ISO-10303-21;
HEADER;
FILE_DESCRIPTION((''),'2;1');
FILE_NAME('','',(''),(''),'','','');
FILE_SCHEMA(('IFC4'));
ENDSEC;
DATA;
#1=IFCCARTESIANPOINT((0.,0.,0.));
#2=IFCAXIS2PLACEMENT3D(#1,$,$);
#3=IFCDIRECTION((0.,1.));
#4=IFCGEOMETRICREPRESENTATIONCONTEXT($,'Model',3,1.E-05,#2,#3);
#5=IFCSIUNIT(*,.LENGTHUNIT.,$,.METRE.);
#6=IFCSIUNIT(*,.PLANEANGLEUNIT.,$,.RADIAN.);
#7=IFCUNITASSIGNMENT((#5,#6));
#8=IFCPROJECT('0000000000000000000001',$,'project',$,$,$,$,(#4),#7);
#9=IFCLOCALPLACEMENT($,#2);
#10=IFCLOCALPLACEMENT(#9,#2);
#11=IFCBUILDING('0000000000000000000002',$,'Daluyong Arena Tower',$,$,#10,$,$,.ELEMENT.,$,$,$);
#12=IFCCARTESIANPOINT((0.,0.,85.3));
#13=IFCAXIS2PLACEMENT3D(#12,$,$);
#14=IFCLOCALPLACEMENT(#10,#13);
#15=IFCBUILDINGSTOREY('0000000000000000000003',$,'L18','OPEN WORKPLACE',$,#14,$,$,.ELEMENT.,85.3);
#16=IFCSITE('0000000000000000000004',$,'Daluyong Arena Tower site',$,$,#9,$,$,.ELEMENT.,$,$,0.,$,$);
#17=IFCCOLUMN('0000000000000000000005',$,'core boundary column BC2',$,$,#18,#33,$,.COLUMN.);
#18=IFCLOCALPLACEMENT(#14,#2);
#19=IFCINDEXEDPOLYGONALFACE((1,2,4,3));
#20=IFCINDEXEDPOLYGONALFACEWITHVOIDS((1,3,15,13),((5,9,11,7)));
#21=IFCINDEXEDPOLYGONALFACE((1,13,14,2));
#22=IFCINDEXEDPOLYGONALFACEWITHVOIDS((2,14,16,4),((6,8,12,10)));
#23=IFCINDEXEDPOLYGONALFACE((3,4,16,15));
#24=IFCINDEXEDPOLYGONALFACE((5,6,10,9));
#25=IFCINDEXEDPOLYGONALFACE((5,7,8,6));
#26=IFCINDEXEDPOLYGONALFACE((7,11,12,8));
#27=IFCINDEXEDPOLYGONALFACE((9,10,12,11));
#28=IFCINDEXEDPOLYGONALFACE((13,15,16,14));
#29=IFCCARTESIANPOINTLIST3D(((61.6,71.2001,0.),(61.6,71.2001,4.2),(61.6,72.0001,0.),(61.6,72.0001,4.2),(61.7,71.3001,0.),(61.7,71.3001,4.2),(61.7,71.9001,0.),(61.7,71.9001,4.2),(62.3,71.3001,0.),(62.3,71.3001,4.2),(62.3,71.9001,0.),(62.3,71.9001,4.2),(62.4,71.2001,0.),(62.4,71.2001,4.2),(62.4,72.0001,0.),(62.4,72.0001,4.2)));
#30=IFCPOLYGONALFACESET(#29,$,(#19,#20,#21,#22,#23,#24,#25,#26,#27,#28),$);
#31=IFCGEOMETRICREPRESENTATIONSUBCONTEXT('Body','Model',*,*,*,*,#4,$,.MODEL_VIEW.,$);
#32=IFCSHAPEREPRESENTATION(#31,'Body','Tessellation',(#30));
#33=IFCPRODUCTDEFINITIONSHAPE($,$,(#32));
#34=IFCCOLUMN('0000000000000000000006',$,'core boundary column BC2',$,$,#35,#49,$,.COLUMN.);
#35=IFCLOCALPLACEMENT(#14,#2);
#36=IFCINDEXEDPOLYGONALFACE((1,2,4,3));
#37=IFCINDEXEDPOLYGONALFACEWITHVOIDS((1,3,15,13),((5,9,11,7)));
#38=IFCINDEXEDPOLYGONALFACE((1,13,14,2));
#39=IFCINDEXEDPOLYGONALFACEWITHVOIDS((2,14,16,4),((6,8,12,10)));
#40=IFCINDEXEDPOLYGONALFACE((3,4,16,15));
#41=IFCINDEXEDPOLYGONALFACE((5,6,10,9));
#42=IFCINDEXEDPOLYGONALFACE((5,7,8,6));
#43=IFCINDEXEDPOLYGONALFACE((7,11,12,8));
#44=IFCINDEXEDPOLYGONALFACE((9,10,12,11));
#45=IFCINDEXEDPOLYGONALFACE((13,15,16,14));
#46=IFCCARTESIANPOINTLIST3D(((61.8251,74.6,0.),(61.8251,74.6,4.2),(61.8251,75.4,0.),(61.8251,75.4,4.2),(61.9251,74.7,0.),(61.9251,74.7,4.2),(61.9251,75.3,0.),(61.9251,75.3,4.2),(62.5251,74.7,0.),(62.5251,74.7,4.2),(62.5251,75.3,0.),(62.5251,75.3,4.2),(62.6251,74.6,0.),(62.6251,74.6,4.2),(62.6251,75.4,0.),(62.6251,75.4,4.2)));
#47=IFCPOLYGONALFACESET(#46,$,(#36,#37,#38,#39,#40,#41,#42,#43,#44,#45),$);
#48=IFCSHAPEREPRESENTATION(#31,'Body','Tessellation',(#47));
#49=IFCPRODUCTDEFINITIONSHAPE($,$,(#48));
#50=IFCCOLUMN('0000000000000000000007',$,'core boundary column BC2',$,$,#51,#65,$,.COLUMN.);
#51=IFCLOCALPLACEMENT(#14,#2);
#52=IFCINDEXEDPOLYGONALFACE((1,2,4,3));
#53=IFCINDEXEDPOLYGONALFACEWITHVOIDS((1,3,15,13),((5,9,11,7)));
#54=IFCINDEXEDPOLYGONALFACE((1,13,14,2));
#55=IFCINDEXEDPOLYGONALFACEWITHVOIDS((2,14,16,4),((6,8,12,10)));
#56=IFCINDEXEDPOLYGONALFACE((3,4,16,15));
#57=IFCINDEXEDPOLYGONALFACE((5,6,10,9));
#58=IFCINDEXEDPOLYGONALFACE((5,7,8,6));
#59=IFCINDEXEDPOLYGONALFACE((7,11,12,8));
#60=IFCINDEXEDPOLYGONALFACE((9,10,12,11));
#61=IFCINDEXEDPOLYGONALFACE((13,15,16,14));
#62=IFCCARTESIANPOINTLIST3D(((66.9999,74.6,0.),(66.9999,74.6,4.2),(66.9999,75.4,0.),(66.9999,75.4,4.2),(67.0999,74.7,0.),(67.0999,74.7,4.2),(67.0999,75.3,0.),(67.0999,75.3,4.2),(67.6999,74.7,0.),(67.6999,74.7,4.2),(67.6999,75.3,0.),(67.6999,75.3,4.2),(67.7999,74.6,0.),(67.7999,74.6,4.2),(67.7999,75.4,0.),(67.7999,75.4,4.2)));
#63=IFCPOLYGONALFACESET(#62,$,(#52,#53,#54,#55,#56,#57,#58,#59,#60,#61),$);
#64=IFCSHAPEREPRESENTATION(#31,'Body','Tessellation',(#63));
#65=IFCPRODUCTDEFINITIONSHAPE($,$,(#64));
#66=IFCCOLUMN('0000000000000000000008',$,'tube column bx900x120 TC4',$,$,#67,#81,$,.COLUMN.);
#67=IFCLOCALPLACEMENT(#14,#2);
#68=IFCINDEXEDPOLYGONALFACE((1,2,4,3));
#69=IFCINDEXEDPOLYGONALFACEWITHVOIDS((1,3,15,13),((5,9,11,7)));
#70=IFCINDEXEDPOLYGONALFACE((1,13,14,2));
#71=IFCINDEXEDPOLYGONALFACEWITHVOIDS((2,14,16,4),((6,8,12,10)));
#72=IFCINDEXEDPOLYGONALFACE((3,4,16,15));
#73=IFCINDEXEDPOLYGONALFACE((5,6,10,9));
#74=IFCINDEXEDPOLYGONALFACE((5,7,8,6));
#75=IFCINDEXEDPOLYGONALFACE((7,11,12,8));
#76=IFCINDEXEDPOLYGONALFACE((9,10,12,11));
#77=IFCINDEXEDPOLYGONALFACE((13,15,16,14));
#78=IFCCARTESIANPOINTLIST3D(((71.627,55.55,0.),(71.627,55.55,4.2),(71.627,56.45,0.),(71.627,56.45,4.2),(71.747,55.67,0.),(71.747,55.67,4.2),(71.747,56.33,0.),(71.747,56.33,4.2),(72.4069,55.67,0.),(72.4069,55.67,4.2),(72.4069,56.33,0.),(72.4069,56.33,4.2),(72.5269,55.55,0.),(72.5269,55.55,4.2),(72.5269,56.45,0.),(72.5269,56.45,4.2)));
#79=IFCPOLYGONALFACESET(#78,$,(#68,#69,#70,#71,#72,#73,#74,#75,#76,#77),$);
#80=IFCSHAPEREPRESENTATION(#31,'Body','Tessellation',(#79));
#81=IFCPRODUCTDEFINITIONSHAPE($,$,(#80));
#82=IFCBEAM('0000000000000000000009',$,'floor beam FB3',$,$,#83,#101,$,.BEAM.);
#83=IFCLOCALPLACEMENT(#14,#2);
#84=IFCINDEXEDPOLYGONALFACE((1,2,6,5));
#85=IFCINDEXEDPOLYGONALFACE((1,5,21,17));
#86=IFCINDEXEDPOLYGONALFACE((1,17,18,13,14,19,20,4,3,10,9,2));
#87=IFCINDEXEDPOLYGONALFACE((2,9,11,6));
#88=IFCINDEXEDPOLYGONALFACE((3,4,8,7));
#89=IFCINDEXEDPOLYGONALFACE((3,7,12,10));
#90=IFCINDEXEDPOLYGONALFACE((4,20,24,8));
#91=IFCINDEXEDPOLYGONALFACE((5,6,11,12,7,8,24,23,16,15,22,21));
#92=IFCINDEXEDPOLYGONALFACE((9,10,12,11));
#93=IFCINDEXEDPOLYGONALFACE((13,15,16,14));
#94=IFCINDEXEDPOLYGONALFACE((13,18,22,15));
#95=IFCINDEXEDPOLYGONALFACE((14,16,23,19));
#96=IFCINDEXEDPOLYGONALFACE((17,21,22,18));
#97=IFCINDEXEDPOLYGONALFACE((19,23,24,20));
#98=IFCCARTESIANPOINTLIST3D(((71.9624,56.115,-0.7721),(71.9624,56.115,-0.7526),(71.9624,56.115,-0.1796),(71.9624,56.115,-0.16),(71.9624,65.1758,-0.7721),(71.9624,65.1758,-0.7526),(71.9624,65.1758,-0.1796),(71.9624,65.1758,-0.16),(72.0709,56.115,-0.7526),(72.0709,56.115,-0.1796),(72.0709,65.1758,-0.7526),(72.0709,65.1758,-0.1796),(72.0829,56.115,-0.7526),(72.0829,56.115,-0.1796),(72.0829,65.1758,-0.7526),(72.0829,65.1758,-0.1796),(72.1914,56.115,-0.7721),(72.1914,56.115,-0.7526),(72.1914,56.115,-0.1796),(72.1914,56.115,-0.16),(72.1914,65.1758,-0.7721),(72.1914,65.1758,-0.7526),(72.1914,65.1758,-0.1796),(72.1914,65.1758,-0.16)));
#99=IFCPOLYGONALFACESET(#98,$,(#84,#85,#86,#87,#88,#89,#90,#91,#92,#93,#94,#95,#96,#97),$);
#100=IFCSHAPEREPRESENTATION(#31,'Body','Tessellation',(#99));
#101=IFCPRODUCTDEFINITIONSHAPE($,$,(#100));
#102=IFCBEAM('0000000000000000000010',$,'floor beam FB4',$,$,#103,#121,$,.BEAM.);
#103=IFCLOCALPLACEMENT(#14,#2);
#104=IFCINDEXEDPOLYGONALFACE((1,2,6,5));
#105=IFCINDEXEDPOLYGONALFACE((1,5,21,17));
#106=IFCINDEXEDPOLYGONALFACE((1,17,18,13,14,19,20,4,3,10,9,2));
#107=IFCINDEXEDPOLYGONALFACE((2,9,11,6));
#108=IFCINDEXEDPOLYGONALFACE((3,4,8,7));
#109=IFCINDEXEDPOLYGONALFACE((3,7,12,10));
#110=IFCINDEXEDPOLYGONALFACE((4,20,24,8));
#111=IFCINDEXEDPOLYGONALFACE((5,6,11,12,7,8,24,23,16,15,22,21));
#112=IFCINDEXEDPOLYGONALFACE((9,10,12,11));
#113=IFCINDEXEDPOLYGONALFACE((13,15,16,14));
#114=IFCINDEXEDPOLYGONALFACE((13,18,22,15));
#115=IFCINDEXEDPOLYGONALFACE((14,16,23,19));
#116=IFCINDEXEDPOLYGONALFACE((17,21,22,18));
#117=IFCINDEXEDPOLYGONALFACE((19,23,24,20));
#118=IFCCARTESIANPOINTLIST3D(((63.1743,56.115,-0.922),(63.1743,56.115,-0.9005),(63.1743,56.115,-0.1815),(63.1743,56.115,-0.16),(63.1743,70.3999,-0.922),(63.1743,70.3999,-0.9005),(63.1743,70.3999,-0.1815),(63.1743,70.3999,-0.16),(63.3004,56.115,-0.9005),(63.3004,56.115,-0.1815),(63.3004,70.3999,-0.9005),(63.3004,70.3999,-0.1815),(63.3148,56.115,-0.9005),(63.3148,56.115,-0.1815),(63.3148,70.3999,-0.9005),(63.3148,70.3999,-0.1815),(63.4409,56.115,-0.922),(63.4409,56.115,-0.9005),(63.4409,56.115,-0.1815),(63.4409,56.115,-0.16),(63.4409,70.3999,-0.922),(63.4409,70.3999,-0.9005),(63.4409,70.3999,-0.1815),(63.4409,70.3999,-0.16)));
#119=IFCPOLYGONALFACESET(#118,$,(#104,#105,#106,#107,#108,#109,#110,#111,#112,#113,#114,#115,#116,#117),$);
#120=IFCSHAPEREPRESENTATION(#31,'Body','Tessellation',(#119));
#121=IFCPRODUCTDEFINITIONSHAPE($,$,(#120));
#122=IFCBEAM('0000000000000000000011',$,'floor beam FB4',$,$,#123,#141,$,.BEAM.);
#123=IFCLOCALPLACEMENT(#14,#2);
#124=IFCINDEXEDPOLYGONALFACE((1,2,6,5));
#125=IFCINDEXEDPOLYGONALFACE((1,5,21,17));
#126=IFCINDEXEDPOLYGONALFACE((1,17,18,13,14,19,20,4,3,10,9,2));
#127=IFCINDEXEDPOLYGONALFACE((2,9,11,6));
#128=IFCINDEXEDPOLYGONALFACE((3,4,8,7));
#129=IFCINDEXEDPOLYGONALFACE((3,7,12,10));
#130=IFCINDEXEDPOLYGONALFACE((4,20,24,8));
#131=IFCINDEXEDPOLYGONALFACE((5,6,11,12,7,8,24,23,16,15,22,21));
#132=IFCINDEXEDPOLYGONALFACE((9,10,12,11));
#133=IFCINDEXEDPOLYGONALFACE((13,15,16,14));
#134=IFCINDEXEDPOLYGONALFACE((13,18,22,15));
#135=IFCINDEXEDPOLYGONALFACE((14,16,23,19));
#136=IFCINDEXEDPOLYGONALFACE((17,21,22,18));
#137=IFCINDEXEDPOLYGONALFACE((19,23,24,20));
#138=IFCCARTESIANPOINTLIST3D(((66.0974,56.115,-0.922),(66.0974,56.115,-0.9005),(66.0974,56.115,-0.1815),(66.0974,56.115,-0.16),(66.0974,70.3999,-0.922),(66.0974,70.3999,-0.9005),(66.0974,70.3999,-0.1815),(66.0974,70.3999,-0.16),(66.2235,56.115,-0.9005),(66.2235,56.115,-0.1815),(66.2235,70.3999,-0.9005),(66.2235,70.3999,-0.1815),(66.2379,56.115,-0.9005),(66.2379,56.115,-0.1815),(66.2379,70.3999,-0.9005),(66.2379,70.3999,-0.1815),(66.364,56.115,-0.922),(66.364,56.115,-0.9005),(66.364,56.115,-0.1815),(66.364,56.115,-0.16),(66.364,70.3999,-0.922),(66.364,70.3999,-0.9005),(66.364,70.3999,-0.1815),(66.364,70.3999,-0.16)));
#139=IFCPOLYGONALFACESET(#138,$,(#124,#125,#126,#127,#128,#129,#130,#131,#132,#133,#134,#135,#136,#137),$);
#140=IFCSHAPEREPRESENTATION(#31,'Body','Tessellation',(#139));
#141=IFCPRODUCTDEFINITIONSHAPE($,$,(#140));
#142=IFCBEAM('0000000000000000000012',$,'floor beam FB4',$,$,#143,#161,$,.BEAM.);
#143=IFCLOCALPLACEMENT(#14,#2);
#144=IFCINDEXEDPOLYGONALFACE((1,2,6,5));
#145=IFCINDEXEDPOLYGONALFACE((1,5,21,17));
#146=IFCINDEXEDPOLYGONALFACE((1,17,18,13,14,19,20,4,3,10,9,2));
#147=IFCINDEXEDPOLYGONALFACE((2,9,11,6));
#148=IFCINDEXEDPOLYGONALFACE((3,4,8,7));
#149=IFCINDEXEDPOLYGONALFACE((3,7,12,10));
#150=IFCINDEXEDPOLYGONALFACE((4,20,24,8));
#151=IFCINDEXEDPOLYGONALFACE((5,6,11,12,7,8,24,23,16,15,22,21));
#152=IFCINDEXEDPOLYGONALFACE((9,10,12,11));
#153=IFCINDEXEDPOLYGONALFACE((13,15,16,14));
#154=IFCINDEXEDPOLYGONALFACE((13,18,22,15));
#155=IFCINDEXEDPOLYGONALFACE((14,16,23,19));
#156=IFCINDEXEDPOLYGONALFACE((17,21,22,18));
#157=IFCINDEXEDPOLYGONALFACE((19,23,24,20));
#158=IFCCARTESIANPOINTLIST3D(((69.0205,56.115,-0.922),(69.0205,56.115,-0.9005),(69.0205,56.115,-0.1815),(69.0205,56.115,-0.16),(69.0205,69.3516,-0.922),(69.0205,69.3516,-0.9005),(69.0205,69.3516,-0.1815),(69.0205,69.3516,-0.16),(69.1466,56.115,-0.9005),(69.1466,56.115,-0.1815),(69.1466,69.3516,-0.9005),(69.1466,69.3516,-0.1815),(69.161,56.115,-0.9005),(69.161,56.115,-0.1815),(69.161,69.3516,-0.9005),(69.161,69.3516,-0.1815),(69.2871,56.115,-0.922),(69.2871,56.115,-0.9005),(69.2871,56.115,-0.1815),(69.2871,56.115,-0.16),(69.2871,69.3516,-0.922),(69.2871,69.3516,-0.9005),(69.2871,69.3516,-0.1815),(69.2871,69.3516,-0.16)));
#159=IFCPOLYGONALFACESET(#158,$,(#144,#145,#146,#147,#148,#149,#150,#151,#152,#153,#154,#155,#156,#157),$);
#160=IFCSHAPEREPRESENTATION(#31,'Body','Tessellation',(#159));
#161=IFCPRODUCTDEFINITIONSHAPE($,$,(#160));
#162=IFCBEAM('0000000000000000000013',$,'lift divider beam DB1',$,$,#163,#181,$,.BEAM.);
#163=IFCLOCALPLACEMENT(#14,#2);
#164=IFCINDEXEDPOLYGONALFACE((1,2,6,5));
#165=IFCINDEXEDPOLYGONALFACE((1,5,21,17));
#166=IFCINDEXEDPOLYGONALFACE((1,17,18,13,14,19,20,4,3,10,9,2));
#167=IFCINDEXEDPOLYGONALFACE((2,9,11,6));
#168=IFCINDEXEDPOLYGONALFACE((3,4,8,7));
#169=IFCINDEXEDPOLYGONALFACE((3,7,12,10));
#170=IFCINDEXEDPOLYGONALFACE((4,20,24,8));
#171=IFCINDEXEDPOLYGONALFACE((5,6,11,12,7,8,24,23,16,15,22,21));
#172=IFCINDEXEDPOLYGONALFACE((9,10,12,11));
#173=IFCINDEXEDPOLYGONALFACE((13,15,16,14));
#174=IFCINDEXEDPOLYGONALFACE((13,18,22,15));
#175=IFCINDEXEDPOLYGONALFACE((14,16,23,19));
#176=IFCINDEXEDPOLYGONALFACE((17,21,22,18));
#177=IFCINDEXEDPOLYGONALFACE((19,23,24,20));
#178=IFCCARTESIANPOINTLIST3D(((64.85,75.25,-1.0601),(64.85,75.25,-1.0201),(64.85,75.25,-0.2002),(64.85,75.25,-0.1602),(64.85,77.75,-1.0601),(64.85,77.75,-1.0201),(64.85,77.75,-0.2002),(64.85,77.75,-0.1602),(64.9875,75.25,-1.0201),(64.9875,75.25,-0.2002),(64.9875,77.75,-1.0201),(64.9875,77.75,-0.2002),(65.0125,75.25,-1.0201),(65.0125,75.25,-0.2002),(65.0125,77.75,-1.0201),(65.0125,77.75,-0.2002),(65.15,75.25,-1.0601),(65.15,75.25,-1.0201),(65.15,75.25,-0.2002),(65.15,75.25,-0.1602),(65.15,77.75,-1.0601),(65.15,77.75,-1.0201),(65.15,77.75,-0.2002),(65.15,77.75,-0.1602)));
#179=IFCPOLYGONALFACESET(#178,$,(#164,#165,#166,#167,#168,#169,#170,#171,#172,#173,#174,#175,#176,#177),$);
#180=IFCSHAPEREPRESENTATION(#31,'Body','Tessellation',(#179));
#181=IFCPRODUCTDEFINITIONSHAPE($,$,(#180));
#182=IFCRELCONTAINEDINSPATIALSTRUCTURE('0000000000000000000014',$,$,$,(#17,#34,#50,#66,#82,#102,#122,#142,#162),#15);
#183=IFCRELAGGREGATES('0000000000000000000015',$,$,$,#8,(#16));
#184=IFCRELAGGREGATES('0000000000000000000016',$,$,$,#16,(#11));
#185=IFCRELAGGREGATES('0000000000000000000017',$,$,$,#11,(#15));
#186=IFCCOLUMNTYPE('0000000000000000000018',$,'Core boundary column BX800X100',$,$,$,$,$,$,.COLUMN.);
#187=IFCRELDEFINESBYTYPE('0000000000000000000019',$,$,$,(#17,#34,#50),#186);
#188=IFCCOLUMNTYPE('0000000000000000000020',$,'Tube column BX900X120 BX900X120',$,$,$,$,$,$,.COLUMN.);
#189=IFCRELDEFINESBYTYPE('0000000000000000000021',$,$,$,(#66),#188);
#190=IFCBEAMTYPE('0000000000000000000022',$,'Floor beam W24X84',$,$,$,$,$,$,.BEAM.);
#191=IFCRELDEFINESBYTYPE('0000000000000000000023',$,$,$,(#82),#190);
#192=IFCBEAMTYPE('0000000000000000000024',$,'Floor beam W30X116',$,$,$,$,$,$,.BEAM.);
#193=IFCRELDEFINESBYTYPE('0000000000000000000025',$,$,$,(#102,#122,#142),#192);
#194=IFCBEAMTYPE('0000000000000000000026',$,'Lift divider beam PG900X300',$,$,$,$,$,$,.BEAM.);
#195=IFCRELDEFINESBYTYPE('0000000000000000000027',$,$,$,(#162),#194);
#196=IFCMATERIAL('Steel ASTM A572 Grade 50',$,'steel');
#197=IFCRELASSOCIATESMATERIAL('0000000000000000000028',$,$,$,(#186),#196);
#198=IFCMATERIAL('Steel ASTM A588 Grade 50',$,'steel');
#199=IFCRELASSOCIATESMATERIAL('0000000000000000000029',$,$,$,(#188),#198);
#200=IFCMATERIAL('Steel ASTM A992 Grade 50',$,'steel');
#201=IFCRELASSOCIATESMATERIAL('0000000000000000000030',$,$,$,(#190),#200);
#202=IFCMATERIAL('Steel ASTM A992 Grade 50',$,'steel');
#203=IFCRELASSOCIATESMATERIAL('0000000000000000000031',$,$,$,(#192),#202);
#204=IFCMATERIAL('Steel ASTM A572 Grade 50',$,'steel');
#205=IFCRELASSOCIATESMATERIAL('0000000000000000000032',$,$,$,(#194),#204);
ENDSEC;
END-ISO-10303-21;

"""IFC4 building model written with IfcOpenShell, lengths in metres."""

from ifc_helpers import new_model, si_unit, direction, frame, origin, origin_2d, place, context, subcontext, project, spatial, hollow_rectangle, i_section, extrude, material, material_profile, profile_set, type_object, element, save


model = new_model("IFC4")

# Units and contexts
model_context = context("Model", 3, precision=1e-05, world=origin(), true_north=direction((0.0, 1.0)))
body_context = subcontext(model_context, "Body", "Model", "MODEL_VIEW")
ifc_project = project(units=[si_unit("LENGTHUNIT", "METRE"), si_unit("PLANEANGLEUNIT", "RADIAN")], contexts=[model_context])

# Site, building, storey
site_placement = place(None, origin())
site = spatial("IfcSite", under=ifc_project, at=site_placement, Name="Daluyong Arena Tower site", CompositionType="ELEMENT", RefElevation=0.0)
building_placement = place(site_placement, origin())
building = spatial("IfcBuilding", under=site, at=building_placement, Name="Daluyong Arena Tower", CompositionType="ELEMENT")
storey_placement = place(building_placement, frame((0.0, 0.0, 85.3)))
storey = spatial("IfcBuildingStorey", under=building, at=storey_placement, Name="L18", Description="OPEN WORKPLACE", CompositionType="ELEMENT", Elevation=85.3)

# Columns
ifc_material_1 = material(Name="Steel ASTM A572 Grade 50", Category="steel")
ifc_material_profile_1 = material_profile(ifc_material_1, hollow_rectangle(XDim=0.8, YDim=0.8, WallThickness=0.1, at=origin_2d()))
ifc_profile_set_1 = profile_set([ifc_material_profile_1], Name="Steel ASTM A572 Grade 50")
column_type_1 = type_object("IfcColumnType", Name="Core boundary column BX800X100", PredefinedType="COLUMN", material=ifc_profile_set_1)
for number, where, z_axis, x_axis, name in (
    (1, (62.0, 71.6001, 0.0), (0.0, 0.0, 1.0), (1.0, 0.0, 0.0), "core boundary column BC2"),
    (2, (62.2251, 75.0, 0.0), (0.0, 0.0, 1.0), (1.0, 0.0, 0.0), "core boundary column BC2"),
    (3, (67.3999, 75.0, 0.0), (0.0, 0.0, 1.0), (1.0, 0.0, 0.0), "core boundary column BC2"),
):
    element("IfcColumn", number, at=place(storey_placement, frame(where, z_axis=z_axis, x_axis=x_axis)), inside=storey, type_object=column_type_1, Name=name, PredefinedType="COLUMN", context=body_context, shape_type="SweptSolid", body=[
        extrude(hollow_rectangle(XDim=0.8, YDim=0.8, WallThickness=0.1, at=origin_2d()), origin(), (0.0, 0.0, 1.0), 4.2),
    ])
ifc_material_2 = material(Name="Steel ASTM A588 Grade 50", Category="steel")
ifc_material_profile_2 = material_profile(ifc_material_2, hollow_rectangle(XDim=0.8999, YDim=0.8999, WallThickness=0.12, at=origin_2d()))
ifc_profile_set_2 = profile_set([ifc_material_profile_2], Name="Steel ASTM A588 Grade 50")
column_type_2 = type_object("IfcColumnType", Name="Tube column BX900X120 BX900X120", PredefinedType="COLUMN", material=ifc_profile_set_2)
column_placement = place(storey_placement, frame((72.0769, 56.0, 0.0), z_axis=(0.0, 0.0, 1.0), x_axis=(1.0, 0.0, 0.0)))
element("IfcColumn", 4, at=column_placement, inside=storey, type_object=column_type_2, Name="tube column bx900x120 TC4", PredefinedType="COLUMN", context=body_context, shape_type="SweptSolid", body=[
    extrude(hollow_rectangle(XDim=0.8999, YDim=0.8999, WallThickness=0.12, at=origin_2d()), origin(), (0.0, 0.0, 1.0), 4.2),
])

# Beams
ifc_material_3 = material(Name="Steel ASTM A992 Grade 50", Category="steel")
ifc_material_profile_3 = material_profile(ifc_material_3, i_section(OverallWidth=0.229, OverallDepth=0.6121, WebThickness=0.012, FlangeThickness=0.0195, at=origin_2d()))
ifc_profile_set_3 = profile_set([ifc_material_profile_3], Name="Steel ASTM A992 Grade 50")
beam_type_1 = type_object("IfcBeamType", Name="Floor beam W24X84", PredefinedType="BEAM", material=ifc_profile_set_3)
beam_1_placement = place(storey_placement, frame((72.0769, 56.115, -0.4661), z_axis=(0.0, 1.0, 0.0), x_axis=(-1.0, 0.0, 0.0)))
element("IfcBeam", 5, at=beam_1_placement, inside=storey, type_object=beam_type_1, Name="floor beam FB3", PredefinedType="BEAM", context=body_context, shape_type="SweptSolid", body=[
    extrude(i_section(OverallWidth=0.229, OverallDepth=0.6121, WebThickness=0.012, FlangeThickness=0.0195, at=origin_2d()), origin(), (0.0, 0.0, 1.0), 9.0608),
])
ifc_material_4 = material(Name="Steel ASTM A992 Grade 50", Category="steel")
ifc_material_profile_4 = material_profile(ifc_material_4, i_section(OverallWidth=0.2666, OverallDepth=0.762, WebThickness=0.0144, FlangeThickness=0.0215, at=origin_2d()))
ifc_profile_set_4 = profile_set([ifc_material_profile_4], Name="Steel ASTM A992 Grade 50")
beam_type_2 = type_object("IfcBeamType", Name="Floor beam W30X116", PredefinedType="BEAM", material=ifc_profile_set_4)
for number, where, z_axis, x_axis, name in (
    (6, (63.3076, 56.115, -0.541), (0.0, 1.0, 0.0), (-1.0, 0.0, 0.0), "floor beam FB4"),
    (7, (66.2307, 56.115, -0.541), (0.0, 1.0, 0.0), (-1.0, 0.0, 0.0), "floor beam FB4"),
):
    element("IfcBeam", number, at=place(storey_placement, frame(where, z_axis=z_axis, x_axis=x_axis)), inside=storey, type_object=beam_type_2, Name=name, PredefinedType="BEAM", context=body_context, shape_type="SweptSolid", body=[
        extrude(i_section(OverallWidth=0.2666, OverallDepth=0.762, WebThickness=0.0144, FlangeThickness=0.0215, at=origin_2d()), origin(), (0.0, 0.0, 1.0), 14.2849),
    ])
beam_2_placement = place(storey_placement, frame((69.1538, 56.115, -0.541), z_axis=(0.0, 1.0, 0.0), x_axis=(-1.0, 0.0, 0.0)))
element("IfcBeam", 8, at=beam_2_placement, inside=storey, type_object=beam_type_2, Name="floor beam FB4", PredefinedType="BEAM", context=body_context, shape_type="SweptSolid", body=[
    extrude(i_section(OverallWidth=0.2666, OverallDepth=0.762, WebThickness=0.0144, FlangeThickness=0.0215, at=origin_2d()), origin(), (0.0, 0.0, 1.0), 13.2366),
])
ifc_material_5 = material(Name="Steel ASTM A572 Grade 50", Category="steel")
ifc_material_profile_5 = material_profile(ifc_material_5, i_section(OverallWidth=0.3, OverallDepth=0.8999, WebThickness=0.025, FlangeThickness=0.04, at=origin_2d()))
ifc_profile_set_5 = profile_set([ifc_material_profile_5], Name="Steel ASTM A572 Grade 50")
beam_type_3 = type_object("IfcBeamType", Name="Lift divider beam PG900X300", PredefinedType="BEAM", material=ifc_profile_set_5)
beam_3_placement = place(storey_placement, frame((65.0, 75.25, -0.6101), z_axis=(0.0, 1.0, 0.0), x_axis=(-1.0, 0.0, 0.0)))
element("IfcBeam", 9, at=beam_3_placement, inside=storey, type_object=beam_type_3, Name="lift divider beam DB1", PredefinedType="BEAM", context=body_context, shape_type="SweptSolid", body=[
    extrude(i_section(OverallWidth=0.3, OverallDepth=0.8999, WebThickness=0.025, FlangeThickness=0.04, at=origin_2d()), origin(), (0.0, 0.0, 1.0), 2.5),
])

save(model, "model.ifc")
